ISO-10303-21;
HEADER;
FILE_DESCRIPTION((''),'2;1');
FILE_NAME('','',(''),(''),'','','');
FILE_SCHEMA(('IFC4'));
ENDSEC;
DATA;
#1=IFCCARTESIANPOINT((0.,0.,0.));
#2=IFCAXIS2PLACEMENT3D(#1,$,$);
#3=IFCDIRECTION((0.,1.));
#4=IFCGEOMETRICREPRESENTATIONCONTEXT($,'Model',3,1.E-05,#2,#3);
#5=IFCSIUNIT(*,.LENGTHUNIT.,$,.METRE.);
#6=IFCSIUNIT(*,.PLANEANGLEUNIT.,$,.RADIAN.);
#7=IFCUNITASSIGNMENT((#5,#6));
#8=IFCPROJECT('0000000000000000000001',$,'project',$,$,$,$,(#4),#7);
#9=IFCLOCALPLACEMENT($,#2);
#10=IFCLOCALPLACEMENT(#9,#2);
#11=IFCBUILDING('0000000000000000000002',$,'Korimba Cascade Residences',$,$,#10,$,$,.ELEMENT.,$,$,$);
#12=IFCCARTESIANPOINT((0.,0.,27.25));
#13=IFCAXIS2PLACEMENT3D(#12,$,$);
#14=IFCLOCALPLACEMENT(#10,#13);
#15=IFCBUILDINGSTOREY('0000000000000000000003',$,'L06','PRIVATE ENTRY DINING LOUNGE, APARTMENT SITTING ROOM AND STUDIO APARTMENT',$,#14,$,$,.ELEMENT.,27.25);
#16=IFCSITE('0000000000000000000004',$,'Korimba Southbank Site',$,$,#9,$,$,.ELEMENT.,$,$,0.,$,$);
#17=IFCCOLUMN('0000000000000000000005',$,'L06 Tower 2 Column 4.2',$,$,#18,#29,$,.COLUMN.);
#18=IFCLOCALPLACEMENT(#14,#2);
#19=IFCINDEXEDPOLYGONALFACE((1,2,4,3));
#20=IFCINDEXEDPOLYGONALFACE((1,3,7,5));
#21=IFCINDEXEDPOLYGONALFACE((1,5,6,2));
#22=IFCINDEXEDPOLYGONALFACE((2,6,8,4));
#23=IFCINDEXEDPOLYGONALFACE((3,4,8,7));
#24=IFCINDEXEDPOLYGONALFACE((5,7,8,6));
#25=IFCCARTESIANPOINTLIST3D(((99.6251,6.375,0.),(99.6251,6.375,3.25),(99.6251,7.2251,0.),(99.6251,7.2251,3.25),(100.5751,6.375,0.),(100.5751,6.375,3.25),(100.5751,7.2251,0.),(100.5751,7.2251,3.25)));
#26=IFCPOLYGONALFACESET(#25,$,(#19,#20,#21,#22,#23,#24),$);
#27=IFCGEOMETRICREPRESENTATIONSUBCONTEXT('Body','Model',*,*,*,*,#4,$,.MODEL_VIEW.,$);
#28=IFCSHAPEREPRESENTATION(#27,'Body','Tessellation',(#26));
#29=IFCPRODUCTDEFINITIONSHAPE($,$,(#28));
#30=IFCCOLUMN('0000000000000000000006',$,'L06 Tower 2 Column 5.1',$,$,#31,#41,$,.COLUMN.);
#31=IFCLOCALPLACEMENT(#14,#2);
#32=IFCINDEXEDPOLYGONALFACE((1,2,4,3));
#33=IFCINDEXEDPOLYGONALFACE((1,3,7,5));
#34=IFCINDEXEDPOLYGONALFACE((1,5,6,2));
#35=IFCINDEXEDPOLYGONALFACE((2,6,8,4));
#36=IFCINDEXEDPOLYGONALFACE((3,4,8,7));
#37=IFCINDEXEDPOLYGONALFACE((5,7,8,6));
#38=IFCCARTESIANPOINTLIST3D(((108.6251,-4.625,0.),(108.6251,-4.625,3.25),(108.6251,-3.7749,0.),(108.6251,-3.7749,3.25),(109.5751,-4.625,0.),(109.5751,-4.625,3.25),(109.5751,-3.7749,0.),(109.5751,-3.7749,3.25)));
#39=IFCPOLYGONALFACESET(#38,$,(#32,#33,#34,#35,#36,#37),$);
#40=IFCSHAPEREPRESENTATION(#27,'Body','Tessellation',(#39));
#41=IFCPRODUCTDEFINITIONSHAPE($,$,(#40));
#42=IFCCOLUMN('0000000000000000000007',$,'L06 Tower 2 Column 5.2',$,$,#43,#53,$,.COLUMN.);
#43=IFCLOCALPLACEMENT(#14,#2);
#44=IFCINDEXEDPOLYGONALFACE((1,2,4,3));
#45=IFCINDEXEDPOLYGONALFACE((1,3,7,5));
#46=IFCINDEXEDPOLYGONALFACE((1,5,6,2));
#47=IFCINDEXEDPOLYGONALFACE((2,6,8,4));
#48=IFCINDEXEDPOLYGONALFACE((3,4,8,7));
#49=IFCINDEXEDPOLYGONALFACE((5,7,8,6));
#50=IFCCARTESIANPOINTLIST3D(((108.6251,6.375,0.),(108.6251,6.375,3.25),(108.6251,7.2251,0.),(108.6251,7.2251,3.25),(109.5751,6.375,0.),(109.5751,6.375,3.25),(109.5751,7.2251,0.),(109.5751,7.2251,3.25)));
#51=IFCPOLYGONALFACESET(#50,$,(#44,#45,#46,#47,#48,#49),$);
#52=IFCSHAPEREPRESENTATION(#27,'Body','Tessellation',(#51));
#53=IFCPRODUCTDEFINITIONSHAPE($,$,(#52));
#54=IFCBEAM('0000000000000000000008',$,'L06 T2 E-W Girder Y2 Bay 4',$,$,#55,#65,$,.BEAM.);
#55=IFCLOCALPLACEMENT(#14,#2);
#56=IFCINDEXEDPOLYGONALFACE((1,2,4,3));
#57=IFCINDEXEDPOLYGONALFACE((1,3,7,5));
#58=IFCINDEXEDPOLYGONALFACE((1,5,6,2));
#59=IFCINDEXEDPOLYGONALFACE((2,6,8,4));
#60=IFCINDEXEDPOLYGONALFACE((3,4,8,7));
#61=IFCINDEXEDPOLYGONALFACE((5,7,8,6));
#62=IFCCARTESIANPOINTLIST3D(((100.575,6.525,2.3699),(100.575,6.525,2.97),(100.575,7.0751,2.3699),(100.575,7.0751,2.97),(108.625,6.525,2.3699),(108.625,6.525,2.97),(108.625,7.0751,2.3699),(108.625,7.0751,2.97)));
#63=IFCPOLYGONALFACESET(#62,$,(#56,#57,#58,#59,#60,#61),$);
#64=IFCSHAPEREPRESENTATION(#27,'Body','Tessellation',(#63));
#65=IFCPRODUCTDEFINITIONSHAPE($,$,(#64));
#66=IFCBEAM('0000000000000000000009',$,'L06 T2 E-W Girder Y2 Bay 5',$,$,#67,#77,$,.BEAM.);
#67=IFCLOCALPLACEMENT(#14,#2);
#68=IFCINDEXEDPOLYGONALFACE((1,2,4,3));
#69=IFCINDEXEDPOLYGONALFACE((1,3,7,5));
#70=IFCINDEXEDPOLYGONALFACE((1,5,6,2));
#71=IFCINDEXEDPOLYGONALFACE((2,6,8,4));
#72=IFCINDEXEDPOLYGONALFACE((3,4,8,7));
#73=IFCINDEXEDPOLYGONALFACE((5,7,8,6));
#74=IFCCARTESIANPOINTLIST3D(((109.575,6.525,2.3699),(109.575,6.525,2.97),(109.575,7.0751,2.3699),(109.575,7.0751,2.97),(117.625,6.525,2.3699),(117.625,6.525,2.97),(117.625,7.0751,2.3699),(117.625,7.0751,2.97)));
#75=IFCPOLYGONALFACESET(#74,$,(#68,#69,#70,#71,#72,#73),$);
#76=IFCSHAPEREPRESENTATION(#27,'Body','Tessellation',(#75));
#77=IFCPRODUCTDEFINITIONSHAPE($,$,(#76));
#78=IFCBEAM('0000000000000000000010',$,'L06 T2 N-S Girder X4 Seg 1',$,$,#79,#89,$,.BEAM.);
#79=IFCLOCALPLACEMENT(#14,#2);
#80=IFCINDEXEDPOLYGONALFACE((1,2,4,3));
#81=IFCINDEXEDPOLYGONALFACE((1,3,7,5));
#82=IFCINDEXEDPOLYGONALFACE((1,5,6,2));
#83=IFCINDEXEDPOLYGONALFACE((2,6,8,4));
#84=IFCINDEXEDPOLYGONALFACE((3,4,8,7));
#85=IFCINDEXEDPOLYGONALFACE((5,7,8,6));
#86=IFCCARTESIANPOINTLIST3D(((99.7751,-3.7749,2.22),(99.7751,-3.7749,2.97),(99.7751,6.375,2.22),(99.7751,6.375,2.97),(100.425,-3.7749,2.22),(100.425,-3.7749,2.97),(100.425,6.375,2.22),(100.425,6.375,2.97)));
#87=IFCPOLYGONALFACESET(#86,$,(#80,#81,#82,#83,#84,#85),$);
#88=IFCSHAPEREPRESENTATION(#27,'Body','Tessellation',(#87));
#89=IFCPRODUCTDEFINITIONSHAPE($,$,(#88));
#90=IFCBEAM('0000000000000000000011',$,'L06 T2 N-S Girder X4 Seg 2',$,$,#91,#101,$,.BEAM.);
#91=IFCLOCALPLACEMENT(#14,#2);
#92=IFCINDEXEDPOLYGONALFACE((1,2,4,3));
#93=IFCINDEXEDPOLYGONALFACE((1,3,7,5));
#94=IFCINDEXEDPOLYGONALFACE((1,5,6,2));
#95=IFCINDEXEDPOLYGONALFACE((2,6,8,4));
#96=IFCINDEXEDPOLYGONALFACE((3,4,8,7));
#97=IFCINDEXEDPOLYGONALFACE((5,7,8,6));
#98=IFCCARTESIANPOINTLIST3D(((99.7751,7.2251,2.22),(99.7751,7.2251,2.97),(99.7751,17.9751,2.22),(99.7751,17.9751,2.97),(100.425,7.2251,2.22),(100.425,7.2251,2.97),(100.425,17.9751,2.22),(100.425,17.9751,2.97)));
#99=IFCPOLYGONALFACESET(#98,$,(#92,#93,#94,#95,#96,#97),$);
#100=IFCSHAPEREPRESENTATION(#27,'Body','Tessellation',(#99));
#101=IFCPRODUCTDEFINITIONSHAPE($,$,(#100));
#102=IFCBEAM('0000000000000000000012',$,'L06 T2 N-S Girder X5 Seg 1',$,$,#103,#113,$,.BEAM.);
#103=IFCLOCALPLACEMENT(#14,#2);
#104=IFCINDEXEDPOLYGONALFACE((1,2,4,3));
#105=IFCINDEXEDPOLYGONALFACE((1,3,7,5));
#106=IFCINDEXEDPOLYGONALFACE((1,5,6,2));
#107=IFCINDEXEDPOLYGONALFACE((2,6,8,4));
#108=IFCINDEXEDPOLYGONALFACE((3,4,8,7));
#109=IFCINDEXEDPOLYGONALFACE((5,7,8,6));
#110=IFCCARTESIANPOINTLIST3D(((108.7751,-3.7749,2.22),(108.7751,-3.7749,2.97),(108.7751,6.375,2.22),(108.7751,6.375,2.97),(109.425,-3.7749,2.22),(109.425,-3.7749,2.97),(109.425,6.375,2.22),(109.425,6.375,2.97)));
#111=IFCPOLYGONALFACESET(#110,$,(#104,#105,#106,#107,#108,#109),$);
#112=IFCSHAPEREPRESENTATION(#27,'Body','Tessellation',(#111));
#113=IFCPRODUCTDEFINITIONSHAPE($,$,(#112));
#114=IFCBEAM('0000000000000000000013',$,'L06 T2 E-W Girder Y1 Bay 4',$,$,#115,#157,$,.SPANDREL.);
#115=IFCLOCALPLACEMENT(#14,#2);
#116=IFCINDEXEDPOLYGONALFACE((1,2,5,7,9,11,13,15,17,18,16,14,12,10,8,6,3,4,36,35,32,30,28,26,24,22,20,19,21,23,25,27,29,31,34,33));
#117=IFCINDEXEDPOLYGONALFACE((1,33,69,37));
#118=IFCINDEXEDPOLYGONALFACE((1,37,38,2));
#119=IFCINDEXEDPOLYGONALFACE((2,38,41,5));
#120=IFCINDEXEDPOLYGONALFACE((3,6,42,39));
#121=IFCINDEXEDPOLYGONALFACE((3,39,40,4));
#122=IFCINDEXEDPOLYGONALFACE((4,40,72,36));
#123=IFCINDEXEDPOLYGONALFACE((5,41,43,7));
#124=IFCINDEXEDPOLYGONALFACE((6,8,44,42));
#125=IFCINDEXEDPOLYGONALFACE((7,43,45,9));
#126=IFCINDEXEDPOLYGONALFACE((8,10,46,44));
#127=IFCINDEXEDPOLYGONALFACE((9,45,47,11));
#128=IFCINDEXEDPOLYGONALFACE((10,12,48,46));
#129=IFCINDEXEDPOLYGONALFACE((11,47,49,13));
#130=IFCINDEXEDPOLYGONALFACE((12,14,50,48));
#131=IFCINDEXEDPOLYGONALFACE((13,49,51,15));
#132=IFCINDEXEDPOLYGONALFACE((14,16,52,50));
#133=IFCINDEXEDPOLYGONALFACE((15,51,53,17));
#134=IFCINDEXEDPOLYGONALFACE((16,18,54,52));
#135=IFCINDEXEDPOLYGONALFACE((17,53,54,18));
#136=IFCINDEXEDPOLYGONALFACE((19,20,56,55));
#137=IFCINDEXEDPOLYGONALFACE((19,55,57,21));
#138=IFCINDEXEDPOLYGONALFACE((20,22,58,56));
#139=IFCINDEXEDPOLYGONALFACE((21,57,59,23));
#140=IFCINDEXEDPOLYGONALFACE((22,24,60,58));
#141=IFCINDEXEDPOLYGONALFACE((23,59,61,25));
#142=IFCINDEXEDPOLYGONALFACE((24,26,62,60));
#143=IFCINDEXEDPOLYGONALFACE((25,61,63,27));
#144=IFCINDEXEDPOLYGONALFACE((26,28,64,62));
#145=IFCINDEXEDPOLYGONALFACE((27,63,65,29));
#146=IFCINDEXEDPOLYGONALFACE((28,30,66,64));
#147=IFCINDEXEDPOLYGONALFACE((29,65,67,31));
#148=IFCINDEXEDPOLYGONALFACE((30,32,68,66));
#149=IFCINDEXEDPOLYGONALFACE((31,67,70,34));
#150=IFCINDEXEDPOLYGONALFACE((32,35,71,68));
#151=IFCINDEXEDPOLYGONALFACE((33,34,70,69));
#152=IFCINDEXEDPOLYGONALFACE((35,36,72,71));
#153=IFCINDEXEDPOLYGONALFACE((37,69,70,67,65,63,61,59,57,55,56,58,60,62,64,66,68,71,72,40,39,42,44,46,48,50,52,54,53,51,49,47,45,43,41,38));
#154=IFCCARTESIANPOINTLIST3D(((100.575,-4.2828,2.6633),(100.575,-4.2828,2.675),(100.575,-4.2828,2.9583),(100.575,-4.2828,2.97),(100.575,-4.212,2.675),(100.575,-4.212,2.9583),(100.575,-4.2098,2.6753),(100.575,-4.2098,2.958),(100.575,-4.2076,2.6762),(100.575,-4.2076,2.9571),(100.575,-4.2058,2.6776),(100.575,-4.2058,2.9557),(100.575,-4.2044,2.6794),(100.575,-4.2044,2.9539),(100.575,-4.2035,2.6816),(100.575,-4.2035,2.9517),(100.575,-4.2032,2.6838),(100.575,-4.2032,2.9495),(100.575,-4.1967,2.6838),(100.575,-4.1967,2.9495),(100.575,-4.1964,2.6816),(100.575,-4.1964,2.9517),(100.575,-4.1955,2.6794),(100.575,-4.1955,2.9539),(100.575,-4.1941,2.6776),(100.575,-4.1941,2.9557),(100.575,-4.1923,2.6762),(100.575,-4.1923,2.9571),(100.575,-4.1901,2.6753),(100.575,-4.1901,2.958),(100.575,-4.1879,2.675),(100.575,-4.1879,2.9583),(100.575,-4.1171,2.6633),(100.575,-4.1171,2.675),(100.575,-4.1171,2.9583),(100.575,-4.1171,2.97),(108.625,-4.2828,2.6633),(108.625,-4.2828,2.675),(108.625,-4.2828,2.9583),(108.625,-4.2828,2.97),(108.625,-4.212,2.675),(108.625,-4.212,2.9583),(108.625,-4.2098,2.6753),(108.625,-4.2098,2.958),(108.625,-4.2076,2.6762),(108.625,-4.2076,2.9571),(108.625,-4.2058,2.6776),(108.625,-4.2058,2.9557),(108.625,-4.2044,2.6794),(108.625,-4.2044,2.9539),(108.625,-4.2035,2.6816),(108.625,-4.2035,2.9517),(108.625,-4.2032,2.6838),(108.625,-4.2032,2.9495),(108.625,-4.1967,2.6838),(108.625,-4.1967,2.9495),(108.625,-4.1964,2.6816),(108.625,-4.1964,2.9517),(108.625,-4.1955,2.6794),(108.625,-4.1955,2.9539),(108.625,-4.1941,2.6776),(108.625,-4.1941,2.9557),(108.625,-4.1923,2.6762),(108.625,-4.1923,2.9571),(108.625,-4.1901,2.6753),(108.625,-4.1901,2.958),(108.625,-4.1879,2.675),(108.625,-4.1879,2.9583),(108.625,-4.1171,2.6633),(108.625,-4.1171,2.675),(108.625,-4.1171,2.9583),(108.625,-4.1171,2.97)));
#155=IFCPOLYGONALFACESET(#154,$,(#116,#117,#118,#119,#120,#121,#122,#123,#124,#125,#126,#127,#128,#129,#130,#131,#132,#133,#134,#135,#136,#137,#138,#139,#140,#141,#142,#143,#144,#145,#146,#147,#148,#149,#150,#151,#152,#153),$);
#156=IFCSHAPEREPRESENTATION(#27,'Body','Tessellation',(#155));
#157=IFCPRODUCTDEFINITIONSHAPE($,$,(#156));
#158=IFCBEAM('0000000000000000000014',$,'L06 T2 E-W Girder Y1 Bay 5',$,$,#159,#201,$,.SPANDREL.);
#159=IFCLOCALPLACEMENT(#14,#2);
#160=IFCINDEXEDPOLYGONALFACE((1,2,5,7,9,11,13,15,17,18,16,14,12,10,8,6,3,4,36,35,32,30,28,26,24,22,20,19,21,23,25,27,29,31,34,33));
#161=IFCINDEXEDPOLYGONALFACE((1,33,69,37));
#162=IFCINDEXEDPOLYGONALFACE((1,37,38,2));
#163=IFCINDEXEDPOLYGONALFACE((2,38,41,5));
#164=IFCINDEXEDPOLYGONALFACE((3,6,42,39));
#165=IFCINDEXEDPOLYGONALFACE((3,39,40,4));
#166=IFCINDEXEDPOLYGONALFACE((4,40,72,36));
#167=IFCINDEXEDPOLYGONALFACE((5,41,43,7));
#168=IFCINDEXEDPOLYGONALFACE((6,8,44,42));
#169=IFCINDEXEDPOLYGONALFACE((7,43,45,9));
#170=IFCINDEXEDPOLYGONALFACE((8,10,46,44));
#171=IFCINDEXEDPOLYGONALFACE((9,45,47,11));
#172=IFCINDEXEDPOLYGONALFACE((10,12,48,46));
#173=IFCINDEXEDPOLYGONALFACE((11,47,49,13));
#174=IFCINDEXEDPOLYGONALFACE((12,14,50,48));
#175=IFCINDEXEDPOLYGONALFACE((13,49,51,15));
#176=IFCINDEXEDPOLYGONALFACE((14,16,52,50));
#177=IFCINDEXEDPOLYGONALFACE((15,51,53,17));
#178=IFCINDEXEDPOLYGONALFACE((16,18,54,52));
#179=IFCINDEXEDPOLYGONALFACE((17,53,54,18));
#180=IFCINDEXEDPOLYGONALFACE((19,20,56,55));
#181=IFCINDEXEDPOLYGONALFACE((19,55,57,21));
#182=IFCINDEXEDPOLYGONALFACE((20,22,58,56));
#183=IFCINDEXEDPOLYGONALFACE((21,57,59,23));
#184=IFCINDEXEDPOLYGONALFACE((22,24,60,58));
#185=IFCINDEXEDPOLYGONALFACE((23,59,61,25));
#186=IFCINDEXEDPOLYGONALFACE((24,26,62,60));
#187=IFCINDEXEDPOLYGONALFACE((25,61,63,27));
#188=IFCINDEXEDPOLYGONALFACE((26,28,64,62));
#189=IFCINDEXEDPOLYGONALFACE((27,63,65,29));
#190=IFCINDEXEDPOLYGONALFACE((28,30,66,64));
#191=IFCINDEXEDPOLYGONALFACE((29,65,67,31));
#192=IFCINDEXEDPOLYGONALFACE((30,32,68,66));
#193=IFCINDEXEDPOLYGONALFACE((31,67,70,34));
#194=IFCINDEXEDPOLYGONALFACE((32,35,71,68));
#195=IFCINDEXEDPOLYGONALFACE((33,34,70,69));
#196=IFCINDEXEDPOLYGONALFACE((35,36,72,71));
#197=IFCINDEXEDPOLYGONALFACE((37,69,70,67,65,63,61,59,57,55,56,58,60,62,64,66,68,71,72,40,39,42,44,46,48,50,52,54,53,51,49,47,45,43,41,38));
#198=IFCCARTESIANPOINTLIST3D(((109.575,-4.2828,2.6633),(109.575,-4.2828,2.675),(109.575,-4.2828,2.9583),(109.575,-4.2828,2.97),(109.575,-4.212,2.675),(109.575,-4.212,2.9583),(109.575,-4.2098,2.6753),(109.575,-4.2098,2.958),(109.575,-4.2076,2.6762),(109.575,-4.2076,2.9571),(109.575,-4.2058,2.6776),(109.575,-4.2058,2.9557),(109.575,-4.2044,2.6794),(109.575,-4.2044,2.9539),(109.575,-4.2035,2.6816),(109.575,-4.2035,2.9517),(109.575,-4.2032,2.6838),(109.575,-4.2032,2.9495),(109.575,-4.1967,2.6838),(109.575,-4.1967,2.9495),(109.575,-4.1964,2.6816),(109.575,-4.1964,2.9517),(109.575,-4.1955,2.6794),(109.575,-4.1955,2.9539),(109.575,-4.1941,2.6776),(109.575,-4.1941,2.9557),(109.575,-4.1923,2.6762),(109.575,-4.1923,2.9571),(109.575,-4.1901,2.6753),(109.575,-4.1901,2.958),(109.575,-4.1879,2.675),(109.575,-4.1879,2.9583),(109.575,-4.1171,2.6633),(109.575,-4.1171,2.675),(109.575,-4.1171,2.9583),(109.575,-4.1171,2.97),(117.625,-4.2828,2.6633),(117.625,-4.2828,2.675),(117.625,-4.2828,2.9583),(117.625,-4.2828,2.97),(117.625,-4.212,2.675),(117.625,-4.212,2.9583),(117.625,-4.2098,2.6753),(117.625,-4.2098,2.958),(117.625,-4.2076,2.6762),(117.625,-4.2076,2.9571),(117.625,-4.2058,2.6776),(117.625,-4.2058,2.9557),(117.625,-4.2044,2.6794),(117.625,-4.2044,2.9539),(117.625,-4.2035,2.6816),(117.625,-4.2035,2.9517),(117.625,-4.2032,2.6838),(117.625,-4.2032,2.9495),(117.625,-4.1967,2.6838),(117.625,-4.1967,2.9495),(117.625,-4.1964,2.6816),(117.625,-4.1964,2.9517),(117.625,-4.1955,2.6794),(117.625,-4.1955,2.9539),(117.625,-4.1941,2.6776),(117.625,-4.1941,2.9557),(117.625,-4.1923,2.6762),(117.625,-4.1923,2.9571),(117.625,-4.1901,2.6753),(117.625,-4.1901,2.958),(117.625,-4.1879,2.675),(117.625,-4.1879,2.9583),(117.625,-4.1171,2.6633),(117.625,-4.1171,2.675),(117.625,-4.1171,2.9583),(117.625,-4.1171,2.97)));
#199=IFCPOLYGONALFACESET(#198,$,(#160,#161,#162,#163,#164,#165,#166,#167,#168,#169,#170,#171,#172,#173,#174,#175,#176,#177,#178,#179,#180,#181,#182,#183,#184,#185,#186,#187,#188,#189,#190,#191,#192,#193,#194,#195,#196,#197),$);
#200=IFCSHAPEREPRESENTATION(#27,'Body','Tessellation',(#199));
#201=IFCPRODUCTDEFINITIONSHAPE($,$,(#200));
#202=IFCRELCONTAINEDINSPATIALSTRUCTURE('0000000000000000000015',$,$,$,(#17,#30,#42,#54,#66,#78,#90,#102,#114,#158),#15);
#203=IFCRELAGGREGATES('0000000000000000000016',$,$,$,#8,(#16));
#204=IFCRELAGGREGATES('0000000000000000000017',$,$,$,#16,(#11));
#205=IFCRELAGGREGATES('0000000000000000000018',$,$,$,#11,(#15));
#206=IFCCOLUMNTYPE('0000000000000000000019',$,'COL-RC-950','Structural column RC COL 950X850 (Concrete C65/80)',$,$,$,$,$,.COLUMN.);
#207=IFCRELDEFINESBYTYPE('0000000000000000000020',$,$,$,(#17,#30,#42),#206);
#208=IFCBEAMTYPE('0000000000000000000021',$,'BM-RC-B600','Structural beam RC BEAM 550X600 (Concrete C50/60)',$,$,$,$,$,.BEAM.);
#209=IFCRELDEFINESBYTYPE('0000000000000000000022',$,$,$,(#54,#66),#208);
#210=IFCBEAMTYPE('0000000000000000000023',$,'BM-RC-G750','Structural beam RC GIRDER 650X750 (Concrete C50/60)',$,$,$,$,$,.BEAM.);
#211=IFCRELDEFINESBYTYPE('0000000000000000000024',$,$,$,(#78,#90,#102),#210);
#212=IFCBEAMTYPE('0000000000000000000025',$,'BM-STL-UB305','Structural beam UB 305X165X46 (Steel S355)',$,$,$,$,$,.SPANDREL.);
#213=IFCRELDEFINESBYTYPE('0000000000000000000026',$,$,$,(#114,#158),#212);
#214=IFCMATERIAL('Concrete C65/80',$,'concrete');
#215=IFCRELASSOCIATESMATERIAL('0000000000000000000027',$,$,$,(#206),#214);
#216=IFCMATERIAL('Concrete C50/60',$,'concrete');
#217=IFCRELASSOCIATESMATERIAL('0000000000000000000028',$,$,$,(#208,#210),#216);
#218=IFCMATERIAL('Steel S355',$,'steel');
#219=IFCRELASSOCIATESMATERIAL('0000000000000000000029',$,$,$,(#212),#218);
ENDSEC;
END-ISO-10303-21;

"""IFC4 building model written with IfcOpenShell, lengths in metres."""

from ifc_helpers import new_model, si_unit, direction, frame, origin, origin_2d, place, context, subcontext, project, spatial, rectangle, i_section, extrude, material, material_profile, profile_set, type_object, element, save


model = new_model("IFC4")

# Units and contexts
model_context = context("Model", 3, precision=1e-05, world=origin(), true_north=direction((0.0, 1.0)))
body_context = subcontext(model_context, "Body", "Model", "MODEL_VIEW")
ifc_project = project(units=[si_unit("LENGTHUNIT", "METRE"), si_unit("PLANEANGLEUNIT", "RADIAN")], contexts=[model_context])

# Site, building, storey
site_placement = place(None, origin())
site = spatial("IfcSite", under=ifc_project, at=site_placement, Name="Korimba Southbank Site", CompositionType="ELEMENT", RefElevation=0.0)
building_placement = place(site_placement, origin())
building = spatial("IfcBuilding", under=site, at=building_placement, Name="Korimba Cascade Residences", CompositionType="ELEMENT")
storey_placement = place(building_placement, frame((0.0, 0.0, 27.25)))
storey = spatial("IfcBuildingStorey", under=building, at=storey_placement, Name="L06", Description="PRIVATE ENTRY DINING LOUNGE, APARTMENT SITTING ROOM AND STUDIO APARTMENT", CompositionType="ELEMENT", Elevation=27.25)

# Columns
ifc_material_1 = material(Name="Concrete C65/80", Category="concrete")
ifc_material_profile_1 = material_profile(ifc_material_1, rectangle(XDim=0.95, YDim=0.8501, at=origin_2d()), Name="Concrete C65/80")
ifc_profile_set_1 = profile_set([ifc_material_profile_1], Name="Concrete C65/80")
column_type = type_object("IfcColumnType", Name="COL-RC-950", Description="Structural column RC COL 950X850 (Concrete C65/80)", PredefinedType="COLUMN", material=ifc_profile_set_1)
for number, where, z_axis, x_axis, name in (
    (1, (100.1001, 6.8, 0.0), (0.0, 0.0, 1.0), (1.0, 0.0, 0.0), "L06 Tower 2 Column 4.2"),
    (2, (109.1001, -4.2, 0.0), (0.0, 0.0, 1.0), (1.0, 0.0, 0.0), "L06 Tower 2 Column 5.1"),
    (3, (109.1001, 6.8, 0.0), (0.0, 0.0, 1.0), (1.0, 0.0, 0.0), "L06 Tower 2 Column 5.2"),
):
    element("IfcColumn", number, at=place(storey_placement, frame(where, z_axis=z_axis, x_axis=x_axis)), inside=storey, type_object=column_type, Name=name, PredefinedType="COLUMN", context=body_context, shape_type="SweptSolid", body=[
        extrude(rectangle(XDim=0.95, YDim=0.8501, at=origin_2d()), origin(), (0.0, 0.0, 1.0), 3.25),
    ])

# Beams
ifc_material_2 = material(Name="Concrete C50/60", Category="concrete")
ifc_material_profile_2 = material_profile(ifc_material_2, rectangle(XDim=0.55, YDim=0.6001, at=origin_2d()), Name="Concrete C50/60")
ifc_profile_set_2 = profile_set([ifc_material_profile_2], Name="Concrete C50/60")
beam_type_1 = type_object("IfcBeamType", Name="BM-RC-B600", Description="Structural beam RC BEAM 550X600 (Concrete C50/60)", PredefinedType="BEAM", material=ifc_profile_set_2)
for number, where, z_axis, x_axis, name in (
    (4, (100.575, 6.8, 2.6699), (1.0, 0.0, 0.0), (0.0, 1.0, 0.0), "L06 T2 E-W Girder Y2 Bay 4"),
    (5, (109.575, 6.8, 2.6699), (1.0, 0.0, 0.0), (0.0, 1.0, 0.0), "L06 T2 E-W Girder Y2 Bay 5"),
):
    element("IfcBeam", number, at=place(storey_placement, frame(where, z_axis=z_axis, x_axis=x_axis)), inside=storey, type_object=beam_type_1, Name=name, PredefinedType="BEAM", context=body_context, shape_type="SweptSolid", body=[
        extrude(rectangle(XDim=0.55, YDim=0.6001, at=origin_2d()), origin(), (0.0, 0.0, 1.0), 8.05),
    ])
ifc_material_profile_3 = material_profile(ifc_material_2, rectangle(XDim=0.6499, YDim=0.75, at=origin_2d()), Name="Concrete C50/60")
ifc_profile_set_3 = profile_set([ifc_material_profile_3], Name="Concrete C50/60")
beam_type_2 = type_object("IfcBeamType", Name="BM-RC-G750", Description="Structural beam RC GIRDER 650X750 (Concrete C50/60)", PredefinedType="BEAM", material=ifc_profile_set_3)
beam_1_placement = place(storey_placement, frame((100.1001, -3.7749, 2.595), z_axis=(0.0, 1.0, 0.0), x_axis=(-1.0, 0.0, 0.0)))
element("IfcBeam", 6, at=beam_1_placement, inside=storey, type_object=beam_type_2, Name="L06 T2 N-S Girder X4 Seg 1", PredefinedType="BEAM", context=body_context, shape_type="SweptSolid", body=[
    extrude(rectangle(XDim=0.6499, YDim=0.75, at=origin_2d()), origin(), (0.0, 0.0, 1.0), 10.1499),
])
beam_2_placement = place(storey_placement, frame((100.1001, 7.2251, 2.595), z_axis=(0.0, 1.0, 0.0), x_axis=(-1.0, 0.0, 0.0)))
element("IfcBeam", 7, at=beam_2_placement, inside=storey, type_object=beam_type_2, Name="L06 T2 N-S Girder X4 Seg 2", PredefinedType="BEAM", context=body_context, shape_type="SweptSolid", body=[
    extrude(rectangle(XDim=0.6499, YDim=0.75, at=origin_2d()), origin(), (0.0, 0.0, 1.0), 10.75),
])
beam_3_placement = place(storey_placement, frame((109.1001, -3.7749, 2.595), z_axis=(0.0, 1.0, 0.0), x_axis=(-1.0, 0.0, 0.0)))
element("IfcBeam", 8, at=beam_3_placement, inside=storey, type_object=beam_type_2, Name="L06 T2 N-S Girder X5 Seg 1", PredefinedType="BEAM", context=body_context, shape_type="SweptSolid", body=[
    extrude(rectangle(XDim=0.6499, YDim=0.75, at=origin_2d()), origin(), (0.0, 0.0, 1.0), 10.1499),
])
ifc_material_3 = material(Name="Steel S355", Category="steel")
ifc_material_profile_4 = material_profile(ifc_material_3, i_section(OverallWidth=0.1658, OverallDepth=0.3066, WebThickness=0.0066, FlangeThickness=0.0117, FilletRadius=0.0088, at=origin_2d()), Name="Steel S355")
ifc_profile_set_4 = profile_set([ifc_material_profile_4], Name="Steel S355")
beam_type_3 = type_object("IfcBeamType", Name="BM-STL-UB305", Description="Structural beam UB 305X165X46 (Steel S355)", PredefinedType="SPANDREL", material=ifc_profile_set_4)
for number, where, z_axis, x_axis, name in (
    (9, (100.575, -4.2, 2.8167), (1.0, 0.0, 0.0), (0.0, 1.0, 0.0), "L06 T2 E-W Girder Y1 Bay 4"),
    (10, (109.575, -4.2, 2.8167), (1.0, 0.0, 0.0), (0.0, 1.0, 0.0), "L06 T2 E-W Girder Y1 Bay 5"),
):
    element("IfcBeam", number, at=place(storey_placement, frame(where, z_axis=z_axis, x_axis=x_axis)), inside=storey, type_object=beam_type_3, Name=name, PredefinedType="SPANDREL", context=body_context, shape_type="SweptSolid", body=[
        extrude(i_section(OverallWidth=0.1658, OverallDepth=0.3066, WebThickness=0.0066, FlangeThickness=0.0117, FilletRadius=0.0088, at=origin_2d()), origin(), (0.0, 0.0, 1.0), 8.05),
    ])

save(model, "model.ifc")
